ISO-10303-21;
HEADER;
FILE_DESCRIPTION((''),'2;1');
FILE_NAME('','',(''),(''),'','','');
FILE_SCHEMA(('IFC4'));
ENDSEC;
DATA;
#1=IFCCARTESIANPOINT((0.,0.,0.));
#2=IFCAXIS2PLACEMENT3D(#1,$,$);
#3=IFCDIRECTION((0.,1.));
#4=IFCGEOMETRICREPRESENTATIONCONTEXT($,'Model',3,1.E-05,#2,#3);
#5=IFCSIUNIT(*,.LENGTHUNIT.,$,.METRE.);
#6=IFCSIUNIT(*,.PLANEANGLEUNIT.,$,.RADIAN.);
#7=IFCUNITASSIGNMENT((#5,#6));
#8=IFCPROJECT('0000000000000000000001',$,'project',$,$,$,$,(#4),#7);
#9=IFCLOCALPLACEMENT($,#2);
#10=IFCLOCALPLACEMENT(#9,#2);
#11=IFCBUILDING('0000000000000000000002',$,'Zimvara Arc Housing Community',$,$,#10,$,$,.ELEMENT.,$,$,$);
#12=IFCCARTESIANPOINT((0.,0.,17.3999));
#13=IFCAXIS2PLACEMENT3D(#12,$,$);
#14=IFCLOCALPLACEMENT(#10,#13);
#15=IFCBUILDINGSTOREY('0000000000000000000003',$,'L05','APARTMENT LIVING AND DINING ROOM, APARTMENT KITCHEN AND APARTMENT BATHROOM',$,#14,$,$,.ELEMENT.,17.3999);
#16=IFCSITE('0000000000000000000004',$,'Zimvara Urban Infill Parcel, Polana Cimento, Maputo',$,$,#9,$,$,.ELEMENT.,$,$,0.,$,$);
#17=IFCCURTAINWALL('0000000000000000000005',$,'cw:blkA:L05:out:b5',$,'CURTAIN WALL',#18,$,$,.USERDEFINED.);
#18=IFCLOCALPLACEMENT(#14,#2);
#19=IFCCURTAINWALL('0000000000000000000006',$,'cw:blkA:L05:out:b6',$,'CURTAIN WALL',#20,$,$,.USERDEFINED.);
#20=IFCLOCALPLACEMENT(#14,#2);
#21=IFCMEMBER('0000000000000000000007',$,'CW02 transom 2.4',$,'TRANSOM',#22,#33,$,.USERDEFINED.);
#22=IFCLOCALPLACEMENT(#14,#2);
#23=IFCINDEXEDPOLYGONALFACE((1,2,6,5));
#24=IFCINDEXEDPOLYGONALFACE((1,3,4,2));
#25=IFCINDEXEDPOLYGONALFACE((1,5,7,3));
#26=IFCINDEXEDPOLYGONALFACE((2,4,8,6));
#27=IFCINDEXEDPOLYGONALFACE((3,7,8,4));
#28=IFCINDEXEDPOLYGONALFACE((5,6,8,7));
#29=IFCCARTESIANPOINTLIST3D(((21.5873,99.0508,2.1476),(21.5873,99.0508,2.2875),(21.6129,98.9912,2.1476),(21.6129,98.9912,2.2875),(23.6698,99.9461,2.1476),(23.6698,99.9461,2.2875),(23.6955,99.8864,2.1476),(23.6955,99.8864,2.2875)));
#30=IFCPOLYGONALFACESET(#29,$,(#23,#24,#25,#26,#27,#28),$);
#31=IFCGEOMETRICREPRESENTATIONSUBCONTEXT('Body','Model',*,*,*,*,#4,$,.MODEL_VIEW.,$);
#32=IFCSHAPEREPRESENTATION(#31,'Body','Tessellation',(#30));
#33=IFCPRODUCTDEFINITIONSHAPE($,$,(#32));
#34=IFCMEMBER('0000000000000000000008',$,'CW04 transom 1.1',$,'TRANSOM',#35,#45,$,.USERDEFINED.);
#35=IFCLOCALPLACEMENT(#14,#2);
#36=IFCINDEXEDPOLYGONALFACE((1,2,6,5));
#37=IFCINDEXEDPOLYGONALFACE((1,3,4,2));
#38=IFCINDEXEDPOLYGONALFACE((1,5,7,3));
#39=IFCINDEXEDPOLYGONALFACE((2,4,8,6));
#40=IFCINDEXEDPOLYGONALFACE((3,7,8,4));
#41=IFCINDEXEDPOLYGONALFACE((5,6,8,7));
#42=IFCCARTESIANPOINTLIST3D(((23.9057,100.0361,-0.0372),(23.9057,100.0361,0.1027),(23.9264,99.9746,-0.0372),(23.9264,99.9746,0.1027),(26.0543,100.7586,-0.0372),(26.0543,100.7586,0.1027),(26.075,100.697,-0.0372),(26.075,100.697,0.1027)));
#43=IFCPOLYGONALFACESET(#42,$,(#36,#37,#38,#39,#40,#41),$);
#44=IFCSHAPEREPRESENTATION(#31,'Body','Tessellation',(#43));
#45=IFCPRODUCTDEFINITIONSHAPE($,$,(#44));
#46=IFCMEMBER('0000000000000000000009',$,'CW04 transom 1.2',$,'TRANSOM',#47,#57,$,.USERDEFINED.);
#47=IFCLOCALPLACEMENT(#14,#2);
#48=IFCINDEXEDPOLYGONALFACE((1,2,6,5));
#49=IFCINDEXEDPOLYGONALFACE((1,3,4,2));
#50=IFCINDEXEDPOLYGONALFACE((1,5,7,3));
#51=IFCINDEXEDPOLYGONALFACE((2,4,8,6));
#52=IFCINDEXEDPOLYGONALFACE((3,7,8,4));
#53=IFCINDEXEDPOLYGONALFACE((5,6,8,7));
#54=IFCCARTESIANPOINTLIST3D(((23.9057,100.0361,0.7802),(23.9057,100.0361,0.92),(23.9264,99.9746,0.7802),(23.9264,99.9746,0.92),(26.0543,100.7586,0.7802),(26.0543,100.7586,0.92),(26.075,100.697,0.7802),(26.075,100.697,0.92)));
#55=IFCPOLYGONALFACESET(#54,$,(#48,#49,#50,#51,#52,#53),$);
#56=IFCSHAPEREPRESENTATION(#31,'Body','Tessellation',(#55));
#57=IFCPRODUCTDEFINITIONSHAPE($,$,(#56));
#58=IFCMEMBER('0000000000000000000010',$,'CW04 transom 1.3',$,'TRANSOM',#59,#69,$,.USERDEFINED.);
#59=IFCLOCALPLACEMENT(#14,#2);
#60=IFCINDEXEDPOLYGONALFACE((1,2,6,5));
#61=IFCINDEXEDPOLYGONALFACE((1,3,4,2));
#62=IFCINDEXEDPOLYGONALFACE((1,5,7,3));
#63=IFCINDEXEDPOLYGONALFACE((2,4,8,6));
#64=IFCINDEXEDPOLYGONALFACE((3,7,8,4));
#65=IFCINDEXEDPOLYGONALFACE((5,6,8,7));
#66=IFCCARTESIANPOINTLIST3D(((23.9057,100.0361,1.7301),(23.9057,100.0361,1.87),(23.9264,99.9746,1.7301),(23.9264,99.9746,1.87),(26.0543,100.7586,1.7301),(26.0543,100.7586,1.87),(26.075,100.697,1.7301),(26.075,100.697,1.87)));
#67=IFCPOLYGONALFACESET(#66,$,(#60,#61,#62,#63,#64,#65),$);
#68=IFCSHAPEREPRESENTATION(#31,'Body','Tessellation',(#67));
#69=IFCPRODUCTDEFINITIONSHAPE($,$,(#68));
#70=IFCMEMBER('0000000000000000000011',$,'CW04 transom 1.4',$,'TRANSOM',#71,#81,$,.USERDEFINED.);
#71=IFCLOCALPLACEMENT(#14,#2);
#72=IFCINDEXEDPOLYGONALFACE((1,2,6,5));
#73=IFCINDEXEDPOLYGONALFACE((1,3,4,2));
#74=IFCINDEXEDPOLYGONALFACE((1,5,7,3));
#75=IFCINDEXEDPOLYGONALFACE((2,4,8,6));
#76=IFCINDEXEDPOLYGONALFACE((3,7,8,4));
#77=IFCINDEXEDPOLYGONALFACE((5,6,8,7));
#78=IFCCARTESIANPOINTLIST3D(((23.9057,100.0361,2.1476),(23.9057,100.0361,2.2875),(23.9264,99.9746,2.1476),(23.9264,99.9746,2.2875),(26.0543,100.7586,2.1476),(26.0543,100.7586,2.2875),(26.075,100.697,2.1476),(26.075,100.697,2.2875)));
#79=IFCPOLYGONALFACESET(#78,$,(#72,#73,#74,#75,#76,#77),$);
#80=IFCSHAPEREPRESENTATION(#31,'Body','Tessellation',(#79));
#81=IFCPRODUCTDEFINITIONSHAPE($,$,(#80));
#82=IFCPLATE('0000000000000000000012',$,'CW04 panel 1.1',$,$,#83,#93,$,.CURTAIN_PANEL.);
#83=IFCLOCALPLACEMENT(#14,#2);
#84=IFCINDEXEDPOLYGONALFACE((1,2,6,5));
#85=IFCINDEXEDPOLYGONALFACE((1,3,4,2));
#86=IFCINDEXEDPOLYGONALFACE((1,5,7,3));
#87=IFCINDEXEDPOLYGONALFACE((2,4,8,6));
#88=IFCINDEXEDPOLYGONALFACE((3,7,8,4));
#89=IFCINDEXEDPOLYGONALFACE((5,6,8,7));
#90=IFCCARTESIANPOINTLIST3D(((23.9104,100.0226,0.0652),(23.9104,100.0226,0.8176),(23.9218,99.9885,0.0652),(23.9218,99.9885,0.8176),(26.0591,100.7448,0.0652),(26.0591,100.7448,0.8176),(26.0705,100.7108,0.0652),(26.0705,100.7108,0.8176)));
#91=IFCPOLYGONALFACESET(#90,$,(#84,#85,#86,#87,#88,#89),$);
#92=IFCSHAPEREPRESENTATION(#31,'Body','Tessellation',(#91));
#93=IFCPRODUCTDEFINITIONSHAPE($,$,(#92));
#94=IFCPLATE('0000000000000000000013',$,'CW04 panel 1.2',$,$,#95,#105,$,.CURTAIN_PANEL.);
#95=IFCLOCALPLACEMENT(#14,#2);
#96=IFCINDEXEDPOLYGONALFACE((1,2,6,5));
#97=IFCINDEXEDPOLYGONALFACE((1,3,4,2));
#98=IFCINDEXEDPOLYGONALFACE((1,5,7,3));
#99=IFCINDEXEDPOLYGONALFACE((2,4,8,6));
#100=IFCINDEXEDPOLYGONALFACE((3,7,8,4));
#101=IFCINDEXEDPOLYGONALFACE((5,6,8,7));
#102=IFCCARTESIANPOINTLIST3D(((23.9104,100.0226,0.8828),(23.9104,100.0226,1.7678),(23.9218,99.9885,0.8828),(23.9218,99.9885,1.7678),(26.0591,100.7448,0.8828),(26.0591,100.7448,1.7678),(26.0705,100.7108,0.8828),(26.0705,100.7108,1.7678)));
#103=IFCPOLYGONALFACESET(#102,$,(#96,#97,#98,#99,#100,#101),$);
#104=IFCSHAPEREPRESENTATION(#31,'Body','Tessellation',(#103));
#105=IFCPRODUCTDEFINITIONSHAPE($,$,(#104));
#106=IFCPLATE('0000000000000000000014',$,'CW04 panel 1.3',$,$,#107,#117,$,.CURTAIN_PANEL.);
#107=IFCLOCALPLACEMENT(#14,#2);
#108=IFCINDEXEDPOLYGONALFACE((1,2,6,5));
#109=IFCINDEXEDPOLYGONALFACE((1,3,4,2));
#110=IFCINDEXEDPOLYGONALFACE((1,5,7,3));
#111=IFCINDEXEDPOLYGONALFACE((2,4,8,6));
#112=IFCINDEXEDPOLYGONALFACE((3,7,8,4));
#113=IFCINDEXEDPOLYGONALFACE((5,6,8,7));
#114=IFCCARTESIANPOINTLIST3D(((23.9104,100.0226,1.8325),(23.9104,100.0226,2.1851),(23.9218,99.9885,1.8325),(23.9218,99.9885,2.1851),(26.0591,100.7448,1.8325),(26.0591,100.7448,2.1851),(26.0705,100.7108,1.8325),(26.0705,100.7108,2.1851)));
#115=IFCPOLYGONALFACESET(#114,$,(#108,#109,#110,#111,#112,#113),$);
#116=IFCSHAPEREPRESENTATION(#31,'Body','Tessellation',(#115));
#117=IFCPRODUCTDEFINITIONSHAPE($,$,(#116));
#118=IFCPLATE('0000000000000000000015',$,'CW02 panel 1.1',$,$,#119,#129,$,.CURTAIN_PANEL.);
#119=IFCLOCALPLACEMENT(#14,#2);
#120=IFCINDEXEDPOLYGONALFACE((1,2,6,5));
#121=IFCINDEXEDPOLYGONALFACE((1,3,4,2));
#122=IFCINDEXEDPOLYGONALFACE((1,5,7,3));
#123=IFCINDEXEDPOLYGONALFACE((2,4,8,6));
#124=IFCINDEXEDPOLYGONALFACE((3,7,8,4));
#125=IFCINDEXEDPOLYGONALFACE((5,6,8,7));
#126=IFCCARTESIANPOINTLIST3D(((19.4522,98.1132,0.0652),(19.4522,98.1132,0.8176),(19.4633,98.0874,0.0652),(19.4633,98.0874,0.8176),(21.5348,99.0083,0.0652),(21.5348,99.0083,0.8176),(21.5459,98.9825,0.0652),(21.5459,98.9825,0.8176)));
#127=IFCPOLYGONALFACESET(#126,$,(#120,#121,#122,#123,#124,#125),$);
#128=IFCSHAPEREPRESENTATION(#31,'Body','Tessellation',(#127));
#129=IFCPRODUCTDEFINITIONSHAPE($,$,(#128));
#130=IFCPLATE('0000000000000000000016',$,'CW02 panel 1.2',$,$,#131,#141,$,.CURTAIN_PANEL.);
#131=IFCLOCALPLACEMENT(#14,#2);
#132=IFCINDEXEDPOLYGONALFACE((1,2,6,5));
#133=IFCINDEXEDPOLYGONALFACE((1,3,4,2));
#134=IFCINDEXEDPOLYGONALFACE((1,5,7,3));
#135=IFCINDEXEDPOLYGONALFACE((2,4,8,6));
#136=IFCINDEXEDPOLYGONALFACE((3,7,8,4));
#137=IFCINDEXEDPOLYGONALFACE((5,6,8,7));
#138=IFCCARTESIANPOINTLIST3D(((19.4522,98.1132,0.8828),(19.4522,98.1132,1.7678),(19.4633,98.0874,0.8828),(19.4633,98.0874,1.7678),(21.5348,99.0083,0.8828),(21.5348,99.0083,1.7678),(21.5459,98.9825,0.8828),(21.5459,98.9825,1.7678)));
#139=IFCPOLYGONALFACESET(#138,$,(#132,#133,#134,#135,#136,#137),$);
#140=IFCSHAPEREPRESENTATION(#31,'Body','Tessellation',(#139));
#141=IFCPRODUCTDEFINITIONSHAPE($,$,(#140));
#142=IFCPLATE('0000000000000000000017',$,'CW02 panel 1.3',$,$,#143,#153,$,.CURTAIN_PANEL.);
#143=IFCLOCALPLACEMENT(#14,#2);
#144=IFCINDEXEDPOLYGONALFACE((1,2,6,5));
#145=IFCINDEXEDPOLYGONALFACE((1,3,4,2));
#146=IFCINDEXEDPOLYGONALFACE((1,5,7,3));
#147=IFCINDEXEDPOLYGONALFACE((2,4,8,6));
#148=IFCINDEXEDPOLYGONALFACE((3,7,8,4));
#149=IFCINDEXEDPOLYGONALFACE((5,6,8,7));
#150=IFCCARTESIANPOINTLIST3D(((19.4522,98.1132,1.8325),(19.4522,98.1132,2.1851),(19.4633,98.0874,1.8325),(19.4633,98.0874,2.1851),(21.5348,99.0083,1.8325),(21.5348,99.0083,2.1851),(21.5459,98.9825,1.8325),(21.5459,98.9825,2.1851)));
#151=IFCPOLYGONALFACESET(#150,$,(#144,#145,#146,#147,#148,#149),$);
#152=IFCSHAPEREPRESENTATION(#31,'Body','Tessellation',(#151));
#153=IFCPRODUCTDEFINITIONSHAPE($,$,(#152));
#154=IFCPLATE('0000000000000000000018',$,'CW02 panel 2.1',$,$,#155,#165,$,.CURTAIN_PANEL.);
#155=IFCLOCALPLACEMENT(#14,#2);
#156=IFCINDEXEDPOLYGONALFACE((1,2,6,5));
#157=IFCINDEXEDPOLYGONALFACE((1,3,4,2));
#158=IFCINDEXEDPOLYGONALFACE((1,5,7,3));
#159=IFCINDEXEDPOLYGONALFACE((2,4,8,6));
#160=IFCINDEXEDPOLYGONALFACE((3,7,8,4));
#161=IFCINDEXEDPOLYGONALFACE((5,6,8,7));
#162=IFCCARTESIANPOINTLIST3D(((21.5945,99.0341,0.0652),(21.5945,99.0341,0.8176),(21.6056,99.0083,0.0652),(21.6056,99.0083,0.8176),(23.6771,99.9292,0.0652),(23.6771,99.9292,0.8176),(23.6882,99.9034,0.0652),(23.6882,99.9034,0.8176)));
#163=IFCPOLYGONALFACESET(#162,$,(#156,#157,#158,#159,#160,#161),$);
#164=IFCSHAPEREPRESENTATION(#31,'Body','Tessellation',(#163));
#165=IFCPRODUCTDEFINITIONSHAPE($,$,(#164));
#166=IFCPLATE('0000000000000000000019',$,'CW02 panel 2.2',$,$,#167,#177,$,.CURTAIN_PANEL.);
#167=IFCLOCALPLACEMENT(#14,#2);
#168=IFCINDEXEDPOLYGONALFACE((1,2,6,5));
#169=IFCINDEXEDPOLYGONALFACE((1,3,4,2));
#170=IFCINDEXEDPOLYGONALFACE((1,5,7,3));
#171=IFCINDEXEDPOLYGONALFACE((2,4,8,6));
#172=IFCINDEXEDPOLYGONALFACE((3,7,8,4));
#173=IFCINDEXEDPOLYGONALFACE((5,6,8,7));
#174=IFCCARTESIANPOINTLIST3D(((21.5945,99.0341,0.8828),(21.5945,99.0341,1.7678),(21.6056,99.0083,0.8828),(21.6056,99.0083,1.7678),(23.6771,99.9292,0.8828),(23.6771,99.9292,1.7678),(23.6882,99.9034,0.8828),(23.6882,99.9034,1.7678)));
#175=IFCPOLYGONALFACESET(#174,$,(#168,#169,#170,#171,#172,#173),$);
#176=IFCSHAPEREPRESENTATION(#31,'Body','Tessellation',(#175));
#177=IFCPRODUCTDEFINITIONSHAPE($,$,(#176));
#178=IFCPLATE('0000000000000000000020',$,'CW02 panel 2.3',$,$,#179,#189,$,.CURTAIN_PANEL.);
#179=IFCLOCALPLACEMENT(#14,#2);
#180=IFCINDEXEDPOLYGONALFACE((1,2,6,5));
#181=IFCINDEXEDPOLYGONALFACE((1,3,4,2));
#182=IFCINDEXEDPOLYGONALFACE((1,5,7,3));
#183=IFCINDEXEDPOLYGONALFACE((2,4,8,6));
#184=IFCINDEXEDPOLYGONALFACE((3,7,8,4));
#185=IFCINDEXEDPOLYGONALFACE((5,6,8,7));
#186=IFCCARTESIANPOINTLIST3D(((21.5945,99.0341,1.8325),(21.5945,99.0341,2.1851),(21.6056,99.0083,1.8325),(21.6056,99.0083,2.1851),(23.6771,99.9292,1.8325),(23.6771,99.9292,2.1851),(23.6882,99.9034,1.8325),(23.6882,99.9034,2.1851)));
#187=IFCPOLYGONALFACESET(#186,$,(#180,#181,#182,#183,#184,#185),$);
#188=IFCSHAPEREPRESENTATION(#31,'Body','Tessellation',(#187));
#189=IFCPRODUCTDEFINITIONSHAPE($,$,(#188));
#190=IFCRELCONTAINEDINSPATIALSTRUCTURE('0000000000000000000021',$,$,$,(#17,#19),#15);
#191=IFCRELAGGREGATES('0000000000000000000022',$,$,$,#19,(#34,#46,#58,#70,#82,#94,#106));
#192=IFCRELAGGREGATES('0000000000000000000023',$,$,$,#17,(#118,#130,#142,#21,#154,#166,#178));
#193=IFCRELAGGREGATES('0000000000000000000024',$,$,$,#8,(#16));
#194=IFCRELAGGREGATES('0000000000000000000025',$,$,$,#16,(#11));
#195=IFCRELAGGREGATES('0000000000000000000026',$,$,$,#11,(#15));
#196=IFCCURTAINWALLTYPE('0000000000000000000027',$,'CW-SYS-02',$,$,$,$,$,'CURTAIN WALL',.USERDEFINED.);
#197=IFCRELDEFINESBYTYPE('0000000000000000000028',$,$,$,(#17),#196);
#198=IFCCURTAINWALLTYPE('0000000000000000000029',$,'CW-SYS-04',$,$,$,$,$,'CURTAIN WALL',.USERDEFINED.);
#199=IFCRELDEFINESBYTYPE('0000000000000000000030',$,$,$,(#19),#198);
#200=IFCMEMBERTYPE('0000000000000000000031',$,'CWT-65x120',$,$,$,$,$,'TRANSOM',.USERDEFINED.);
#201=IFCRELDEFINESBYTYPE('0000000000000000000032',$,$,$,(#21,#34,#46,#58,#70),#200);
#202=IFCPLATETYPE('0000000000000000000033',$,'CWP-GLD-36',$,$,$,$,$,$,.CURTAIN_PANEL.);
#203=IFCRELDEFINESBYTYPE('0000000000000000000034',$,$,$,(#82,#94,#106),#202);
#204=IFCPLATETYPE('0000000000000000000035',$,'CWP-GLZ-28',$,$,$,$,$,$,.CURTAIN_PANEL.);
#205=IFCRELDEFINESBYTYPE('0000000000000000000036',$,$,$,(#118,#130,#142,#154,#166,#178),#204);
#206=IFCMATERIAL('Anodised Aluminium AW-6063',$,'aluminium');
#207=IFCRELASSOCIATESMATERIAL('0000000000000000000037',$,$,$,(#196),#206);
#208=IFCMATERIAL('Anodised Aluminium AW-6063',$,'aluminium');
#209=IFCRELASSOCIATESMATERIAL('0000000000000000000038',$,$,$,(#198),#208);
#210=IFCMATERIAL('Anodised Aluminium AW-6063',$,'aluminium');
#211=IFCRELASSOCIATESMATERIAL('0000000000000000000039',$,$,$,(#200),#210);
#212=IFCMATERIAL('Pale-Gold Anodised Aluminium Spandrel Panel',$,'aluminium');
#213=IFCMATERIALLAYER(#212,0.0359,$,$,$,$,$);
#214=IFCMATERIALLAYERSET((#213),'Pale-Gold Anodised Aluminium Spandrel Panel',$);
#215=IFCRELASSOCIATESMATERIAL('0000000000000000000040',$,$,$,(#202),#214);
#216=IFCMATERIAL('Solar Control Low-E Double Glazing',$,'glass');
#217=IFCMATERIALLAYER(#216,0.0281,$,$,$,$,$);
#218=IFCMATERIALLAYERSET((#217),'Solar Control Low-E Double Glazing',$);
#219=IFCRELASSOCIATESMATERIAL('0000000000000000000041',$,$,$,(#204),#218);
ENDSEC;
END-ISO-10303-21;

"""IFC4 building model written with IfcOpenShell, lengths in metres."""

from ifc_helpers import new_model, si_unit, direction, frame, origin, origin_2d, place, context, subcontext, project, spatial, rectangle, extrude, material, layer, layer_set, material_profile, profile_set, type_object, element, aggregate, save


model = new_model("IFC4")

# Units and contexts
model_context = context("Model", 3, precision=1e-05, world=origin(), true_north=direction((0.0, 1.0)))
body_context = subcontext(model_context, "Body", "Model", "MODEL_VIEW")
ifc_project = project(units=[si_unit("LENGTHUNIT", "METRE"), si_unit("PLANEANGLEUNIT", "RADIAN")], contexts=[model_context])

# Site, building, storey
site_placement = place(None, origin())
site = spatial("IfcSite", under=ifc_project, at=site_placement, Name="Zimvara Urban Infill Parcel, Polana Cimento, Maputo", CompositionType="ELEMENT", RefElevation=0.0)
building_placement = place(site_placement, origin())
building = spatial("IfcBuilding", under=site, at=building_placement, Name="Zimvara Arc Housing Community", CompositionType="ELEMENT")
storey_placement = place(building_placement, frame((0.0, 0.0, 17.3999)))
storey = spatial("IfcBuildingStorey", under=building, at=storey_placement, Name="L05", Description="APARTMENT LIVING AND DINING ROOM, APARTMENT KITCHEN AND APARTMENT BATHROOM", CompositionType="ELEMENT", Elevation=17.3999)

# Curtain wall
ifc_material_1 = material(Name="Anodised Aluminium AW-6063", Category="aluminium")
curtain_wall_type_1 = type_object("IfcCurtainWallType", Name="CW-SYS-02", ElementType="CURTAIN WALL", PredefinedType="USERDEFINED", material=ifc_material_1)
curtain_wall_1_placement = place(storey_placement, origin())
curtain_wall_1 = element("IfcCurtainWall", 1, at=curtain_wall_1_placement, inside=storey, type_object=curtain_wall_type_1, Name="cw:blkA:L05:out:b5", ObjectType="CURTAIN WALL", PredefinedType="USERDEFINED")

# Curtain wall
ifc_material_2 = material(Name="Anodised Aluminium AW-6063", Category="aluminium")
curtain_wall_type_2 = type_object("IfcCurtainWallType", Name="CW-SYS-04", ElementType="CURTAIN WALL", PredefinedType="USERDEFINED", material=ifc_material_2)
curtain_wall_2_placement = place(storey_placement, origin())
curtain_wall_2 = element("IfcCurtainWall", 2, at=curtain_wall_2_placement, inside=storey, type_object=curtain_wall_type_2, Name="cw:blkA:L05:out:b6", ObjectType="CURTAIN WALL", PredefinedType="USERDEFINED")

# Members
ifc_material_3 = material(Name="Anodised Aluminium AW-6063", Category="aluminium")
ifc_material_profile_1 = material_profile(ifc_material_3, rectangle(XDim=0.0649, YDim=0.1399, at=origin_2d()), Name="ALU 65x140")
ifc_profile_set_1 = profile_set([ifc_material_profile_1], Name="Anodised Aluminium AW-6063")
member_type_1 = type_object("IfcMemberType", Name="CWT-65x120", ElementType="TRANSOM", PredefinedType="USERDEFINED", material=ifc_profile_set_1)
member_1_placement = place(storey_placement, frame((21.6001, 99.021, 2.2175), z_axis=(0.918704, 0.394946, 0.0), x_axis=(-0.394946, 0.918704, 0.0)))
member_1 = element("IfcMember", 3, at=member_1_placement, type_object=member_type_1, Name="CW02 transom 2.4", ObjectType="TRANSOM", PredefinedType="USERDEFINED", context=body_context, shape_type="SweptSolid", body=[
    extrude(rectangle(XDim=0.0649, YDim=0.1399, at=origin_2d()), origin(), (0.0, 0.0, 1.0), 2.2668),
])
member_2_placement = place(storey_placement, frame((23.916, 100.0054, 0.0327), z_axis=(0.947862, 0.318682, 0.0), x_axis=(-0.318682, 0.947862, 0.0)))
member_2 = element("IfcMember", 4, at=member_2_placement, type_object=member_type_1, Name="CW04 transom 1.1", ObjectType="TRANSOM", PredefinedType="USERDEFINED", context=body_context, shape_type="SweptSolid", body=[
    extrude(rectangle(XDim=0.0649, YDim=0.1399, at=origin_2d()), origin(), (0.0, 0.0, 1.0), 2.2668),
])
member_3_placement = place(storey_placement, frame((23.916, 100.0054, 0.8501), z_axis=(0.947862, 0.318682, 0.0), x_axis=(-0.318682, 0.947862, 0.0)))
member_3 = element("IfcMember", 5, at=member_3_placement, type_object=member_type_1, Name="CW04 transom 1.2", ObjectType="TRANSOM", PredefinedType="USERDEFINED", context=body_context, shape_type="SweptSolid", body=[
    extrude(rectangle(XDim=0.0649, YDim=0.1399, at=origin_2d()), origin(), (0.0, 0.0, 1.0), 2.2668),
])
member_4_placement = place(storey_placement, frame((23.916, 100.0054, 1.8), z_axis=(0.947862, 0.318682, 0.0), x_axis=(-0.318682, 0.947862, 0.0)))
member_4 = element("IfcMember", 6, at=member_4_placement, type_object=member_type_1, Name="CW04 transom 1.3", ObjectType="TRANSOM", PredefinedType="USERDEFINED", context=body_context, shape_type="SweptSolid", body=[
    extrude(rectangle(XDim=0.0649, YDim=0.1399, at=origin_2d()), origin(), (0.0, 0.0, 1.0), 2.2668),
])
member_5_placement = place(storey_placement, frame((23.916, 100.0054, 2.2175), z_axis=(0.947862, 0.318682, 0.0), x_axis=(-0.318682, 0.947862, 0.0)))
member_5 = element("IfcMember", 7, at=member_5_placement, type_object=member_type_1, Name="CW04 transom 1.4", ObjectType="TRANSOM", PredefinedType="USERDEFINED", context=body_context, shape_type="SweptSolid", body=[
    extrude(rectangle(XDim=0.0649, YDim=0.1399, at=origin_2d()), origin(), (0.0, 0.0, 1.0), 2.2668),
])

# Plates
ifc_material_4 = material(Name="Pale-Gold Anodised Aluminium Spandrel Panel", Category="aluminium")
ifc_layer_1 = layer(ifc_material_4, 0.0359)
ifc_layer_set_1 = layer_set([ifc_layer_1], Name="Pale-Gold Anodised Aluminium Spandrel Panel")
plate_type_1 = type_object("IfcPlateType", Name="CWP-GLD-36", PredefinedType="CURTAIN_PANEL", material=ifc_layer_set_1)
plate_1_placement = place(storey_placement, frame((24.9905, 100.3667, 0.0652), z_axis=(0.0, 0.0, 1.0), x_axis=(0.94788, 0.318629, 0.0)))
plate_1 = element("IfcPlate", 8, at=plate_1_placement, type_object=plate_type_1, Name="CW04 panel 1.1", PredefinedType="CURTAIN_PANEL", context=body_context, shape_type="SweptSolid", body=[
    extrude(rectangle(XDim=2.2668, YDim=0.0359, at=origin_2d()), origin(), (0.0, 0.0, 1.0), 0.7524),
])
plate_2_placement = place(storey_placement, frame((24.9905, 100.3667, 0.8828), z_axis=(0.0, 0.0, 1.0), x_axis=(0.94788, 0.318629, 0.0)))
plate_2 = element("IfcPlate", 9, at=plate_2_placement, type_object=plate_type_1, Name="CW04 panel 1.2", PredefinedType="CURTAIN_PANEL", context=body_context, shape_type="SweptSolid", body=[
    extrude(rectangle(XDim=2.2668, YDim=0.0359, at=origin_2d()), origin(), (0.0, 0.0, 1.0), 0.885),
])
plate_3_placement = place(storey_placement, frame((24.9905, 100.3667, 1.8325), z_axis=(0.0, 0.0, 1.0), x_axis=(0.94788, 0.318629, 0.0)))
plate_3 = element("IfcPlate", 10, at=plate_3_placement, type_object=plate_type_1, Name="CW04 panel 1.3", PredefinedType="CURTAIN_PANEL", context=body_context, shape_type="SweptSolid", body=[
    extrude(rectangle(XDim=2.2668, YDim=0.0359, at=origin_2d()), origin(), (0.0, 0.0, 1.0), 0.3525),
])
aggregate(curtain_wall_2, [member_2, member_3, member_4, member_5, plate_1, plate_2, plate_3])
ifc_material_5 = material(Name="Solar Control Low-E Double Glazing", Category="glass")
ifc_layer_2 = layer(ifc_material_5, 0.0281)
ifc_layer_set_2 = layer_set([ifc_layer_2], Name="Solar Control Low-E Double Glazing")
plate_type_2 = type_object("IfcPlateType", Name="CWP-GLZ-28", PredefinedType="CURTAIN_PANEL", material=ifc_layer_set_2)
plate_4_placement = place(storey_placement, frame((20.499, 98.5479, 0.0652), z_axis=(0.0, 0.0, 1.0), x_axis=(0.918722, 0.394904, 0.0)))
plate_4 = element("IfcPlate", 11, at=plate_4_placement, type_object=plate_type_2, Name="CW02 panel 1.1", PredefinedType="CURTAIN_PANEL", context=body_context, shape_type="SweptSolid", body=[
    extrude(rectangle(XDim=2.2668, YDim=0.0281, at=origin_2d()), origin(), (0.0, 0.0, 1.0), 0.7524),
])
plate_5_placement = place(storey_placement, frame((20.499, 98.5479, 0.8828), z_axis=(0.0, 0.0, 1.0), x_axis=(0.918722, 0.394904, 0.0)))
plate_5 = element("IfcPlate", 12, at=plate_5_placement, type_object=plate_type_2, Name="CW02 panel 1.2", PredefinedType="CURTAIN_PANEL", context=body_context, shape_type="SweptSolid", body=[
    extrude(rectangle(XDim=2.2668, YDim=0.0281, at=origin_2d()), origin(), (0.0, 0.0, 1.0), 0.885),
])
plate_6_placement = place(storey_placement, frame((20.499, 98.5479, 1.8325), z_axis=(0.0, 0.0, 1.0), x_axis=(0.918722, 0.394904, 0.0)))
plate_6 = element("IfcPlate", 13, at=plate_6_placement, type_object=plate_type_2, Name="CW02 panel 1.3", PredefinedType="CURTAIN_PANEL", context=body_context, shape_type="SweptSolid", body=[
    extrude(rectangle(XDim=2.2668, YDim=0.0281, at=origin_2d()), origin(), (0.0, 0.0, 1.0), 0.3525),
])
plate_7_placement = place(storey_placement, frame((22.6414, 99.4688, 0.0652), z_axis=(0.0, 0.0, 1.0), x_axis=(0.918722, 0.394904, 0.0)))
plate_7 = element("IfcPlate", 14, at=plate_7_placement, type_object=plate_type_2, Name="CW02 panel 2.1", PredefinedType="CURTAIN_PANEL", context=body_context, shape_type="SweptSolid", body=[
    extrude(rectangle(XDim=2.2668, YDim=0.0281, at=origin_2d()), origin(), (0.0, 0.0, 1.0), 0.7524),
])
plate_8_placement = place(storey_placement, frame((22.6414, 99.4688, 0.8828), z_axis=(0.0, 0.0, 1.0), x_axis=(0.918722, 0.394904, 0.0)))
plate_8 = element("IfcPlate", 15, at=plate_8_placement, type_object=plate_type_2, Name="CW02 panel 2.2", PredefinedType="CURTAIN_PANEL", context=body_context, shape_type="SweptSolid", body=[
    extrude(rectangle(XDim=2.2668, YDim=0.0281, at=origin_2d()), origin(), (0.0, 0.0, 1.0), 0.885),
])
plate_9_placement = place(storey_placement, frame((22.6414, 99.4688, 1.8325), z_axis=(0.0, 0.0, 1.0), x_axis=(0.918722, 0.394904, 0.0)))
plate_9 = element("IfcPlate", 16, at=plate_9_placement, type_object=plate_type_2, Name="CW02 panel 2.3", PredefinedType="CURTAIN_PANEL", context=body_context, shape_type="SweptSolid", body=[
    extrude(rectangle(XDim=2.2668, YDim=0.0281, at=origin_2d()), origin(), (0.0, 0.0, 1.0), 0.3525),
])
aggregate(curtain_wall_1, [plate_4, plate_5, plate_6, member_1, plate_7, plate_8, plate_9])

save(model, "model.ifc")
